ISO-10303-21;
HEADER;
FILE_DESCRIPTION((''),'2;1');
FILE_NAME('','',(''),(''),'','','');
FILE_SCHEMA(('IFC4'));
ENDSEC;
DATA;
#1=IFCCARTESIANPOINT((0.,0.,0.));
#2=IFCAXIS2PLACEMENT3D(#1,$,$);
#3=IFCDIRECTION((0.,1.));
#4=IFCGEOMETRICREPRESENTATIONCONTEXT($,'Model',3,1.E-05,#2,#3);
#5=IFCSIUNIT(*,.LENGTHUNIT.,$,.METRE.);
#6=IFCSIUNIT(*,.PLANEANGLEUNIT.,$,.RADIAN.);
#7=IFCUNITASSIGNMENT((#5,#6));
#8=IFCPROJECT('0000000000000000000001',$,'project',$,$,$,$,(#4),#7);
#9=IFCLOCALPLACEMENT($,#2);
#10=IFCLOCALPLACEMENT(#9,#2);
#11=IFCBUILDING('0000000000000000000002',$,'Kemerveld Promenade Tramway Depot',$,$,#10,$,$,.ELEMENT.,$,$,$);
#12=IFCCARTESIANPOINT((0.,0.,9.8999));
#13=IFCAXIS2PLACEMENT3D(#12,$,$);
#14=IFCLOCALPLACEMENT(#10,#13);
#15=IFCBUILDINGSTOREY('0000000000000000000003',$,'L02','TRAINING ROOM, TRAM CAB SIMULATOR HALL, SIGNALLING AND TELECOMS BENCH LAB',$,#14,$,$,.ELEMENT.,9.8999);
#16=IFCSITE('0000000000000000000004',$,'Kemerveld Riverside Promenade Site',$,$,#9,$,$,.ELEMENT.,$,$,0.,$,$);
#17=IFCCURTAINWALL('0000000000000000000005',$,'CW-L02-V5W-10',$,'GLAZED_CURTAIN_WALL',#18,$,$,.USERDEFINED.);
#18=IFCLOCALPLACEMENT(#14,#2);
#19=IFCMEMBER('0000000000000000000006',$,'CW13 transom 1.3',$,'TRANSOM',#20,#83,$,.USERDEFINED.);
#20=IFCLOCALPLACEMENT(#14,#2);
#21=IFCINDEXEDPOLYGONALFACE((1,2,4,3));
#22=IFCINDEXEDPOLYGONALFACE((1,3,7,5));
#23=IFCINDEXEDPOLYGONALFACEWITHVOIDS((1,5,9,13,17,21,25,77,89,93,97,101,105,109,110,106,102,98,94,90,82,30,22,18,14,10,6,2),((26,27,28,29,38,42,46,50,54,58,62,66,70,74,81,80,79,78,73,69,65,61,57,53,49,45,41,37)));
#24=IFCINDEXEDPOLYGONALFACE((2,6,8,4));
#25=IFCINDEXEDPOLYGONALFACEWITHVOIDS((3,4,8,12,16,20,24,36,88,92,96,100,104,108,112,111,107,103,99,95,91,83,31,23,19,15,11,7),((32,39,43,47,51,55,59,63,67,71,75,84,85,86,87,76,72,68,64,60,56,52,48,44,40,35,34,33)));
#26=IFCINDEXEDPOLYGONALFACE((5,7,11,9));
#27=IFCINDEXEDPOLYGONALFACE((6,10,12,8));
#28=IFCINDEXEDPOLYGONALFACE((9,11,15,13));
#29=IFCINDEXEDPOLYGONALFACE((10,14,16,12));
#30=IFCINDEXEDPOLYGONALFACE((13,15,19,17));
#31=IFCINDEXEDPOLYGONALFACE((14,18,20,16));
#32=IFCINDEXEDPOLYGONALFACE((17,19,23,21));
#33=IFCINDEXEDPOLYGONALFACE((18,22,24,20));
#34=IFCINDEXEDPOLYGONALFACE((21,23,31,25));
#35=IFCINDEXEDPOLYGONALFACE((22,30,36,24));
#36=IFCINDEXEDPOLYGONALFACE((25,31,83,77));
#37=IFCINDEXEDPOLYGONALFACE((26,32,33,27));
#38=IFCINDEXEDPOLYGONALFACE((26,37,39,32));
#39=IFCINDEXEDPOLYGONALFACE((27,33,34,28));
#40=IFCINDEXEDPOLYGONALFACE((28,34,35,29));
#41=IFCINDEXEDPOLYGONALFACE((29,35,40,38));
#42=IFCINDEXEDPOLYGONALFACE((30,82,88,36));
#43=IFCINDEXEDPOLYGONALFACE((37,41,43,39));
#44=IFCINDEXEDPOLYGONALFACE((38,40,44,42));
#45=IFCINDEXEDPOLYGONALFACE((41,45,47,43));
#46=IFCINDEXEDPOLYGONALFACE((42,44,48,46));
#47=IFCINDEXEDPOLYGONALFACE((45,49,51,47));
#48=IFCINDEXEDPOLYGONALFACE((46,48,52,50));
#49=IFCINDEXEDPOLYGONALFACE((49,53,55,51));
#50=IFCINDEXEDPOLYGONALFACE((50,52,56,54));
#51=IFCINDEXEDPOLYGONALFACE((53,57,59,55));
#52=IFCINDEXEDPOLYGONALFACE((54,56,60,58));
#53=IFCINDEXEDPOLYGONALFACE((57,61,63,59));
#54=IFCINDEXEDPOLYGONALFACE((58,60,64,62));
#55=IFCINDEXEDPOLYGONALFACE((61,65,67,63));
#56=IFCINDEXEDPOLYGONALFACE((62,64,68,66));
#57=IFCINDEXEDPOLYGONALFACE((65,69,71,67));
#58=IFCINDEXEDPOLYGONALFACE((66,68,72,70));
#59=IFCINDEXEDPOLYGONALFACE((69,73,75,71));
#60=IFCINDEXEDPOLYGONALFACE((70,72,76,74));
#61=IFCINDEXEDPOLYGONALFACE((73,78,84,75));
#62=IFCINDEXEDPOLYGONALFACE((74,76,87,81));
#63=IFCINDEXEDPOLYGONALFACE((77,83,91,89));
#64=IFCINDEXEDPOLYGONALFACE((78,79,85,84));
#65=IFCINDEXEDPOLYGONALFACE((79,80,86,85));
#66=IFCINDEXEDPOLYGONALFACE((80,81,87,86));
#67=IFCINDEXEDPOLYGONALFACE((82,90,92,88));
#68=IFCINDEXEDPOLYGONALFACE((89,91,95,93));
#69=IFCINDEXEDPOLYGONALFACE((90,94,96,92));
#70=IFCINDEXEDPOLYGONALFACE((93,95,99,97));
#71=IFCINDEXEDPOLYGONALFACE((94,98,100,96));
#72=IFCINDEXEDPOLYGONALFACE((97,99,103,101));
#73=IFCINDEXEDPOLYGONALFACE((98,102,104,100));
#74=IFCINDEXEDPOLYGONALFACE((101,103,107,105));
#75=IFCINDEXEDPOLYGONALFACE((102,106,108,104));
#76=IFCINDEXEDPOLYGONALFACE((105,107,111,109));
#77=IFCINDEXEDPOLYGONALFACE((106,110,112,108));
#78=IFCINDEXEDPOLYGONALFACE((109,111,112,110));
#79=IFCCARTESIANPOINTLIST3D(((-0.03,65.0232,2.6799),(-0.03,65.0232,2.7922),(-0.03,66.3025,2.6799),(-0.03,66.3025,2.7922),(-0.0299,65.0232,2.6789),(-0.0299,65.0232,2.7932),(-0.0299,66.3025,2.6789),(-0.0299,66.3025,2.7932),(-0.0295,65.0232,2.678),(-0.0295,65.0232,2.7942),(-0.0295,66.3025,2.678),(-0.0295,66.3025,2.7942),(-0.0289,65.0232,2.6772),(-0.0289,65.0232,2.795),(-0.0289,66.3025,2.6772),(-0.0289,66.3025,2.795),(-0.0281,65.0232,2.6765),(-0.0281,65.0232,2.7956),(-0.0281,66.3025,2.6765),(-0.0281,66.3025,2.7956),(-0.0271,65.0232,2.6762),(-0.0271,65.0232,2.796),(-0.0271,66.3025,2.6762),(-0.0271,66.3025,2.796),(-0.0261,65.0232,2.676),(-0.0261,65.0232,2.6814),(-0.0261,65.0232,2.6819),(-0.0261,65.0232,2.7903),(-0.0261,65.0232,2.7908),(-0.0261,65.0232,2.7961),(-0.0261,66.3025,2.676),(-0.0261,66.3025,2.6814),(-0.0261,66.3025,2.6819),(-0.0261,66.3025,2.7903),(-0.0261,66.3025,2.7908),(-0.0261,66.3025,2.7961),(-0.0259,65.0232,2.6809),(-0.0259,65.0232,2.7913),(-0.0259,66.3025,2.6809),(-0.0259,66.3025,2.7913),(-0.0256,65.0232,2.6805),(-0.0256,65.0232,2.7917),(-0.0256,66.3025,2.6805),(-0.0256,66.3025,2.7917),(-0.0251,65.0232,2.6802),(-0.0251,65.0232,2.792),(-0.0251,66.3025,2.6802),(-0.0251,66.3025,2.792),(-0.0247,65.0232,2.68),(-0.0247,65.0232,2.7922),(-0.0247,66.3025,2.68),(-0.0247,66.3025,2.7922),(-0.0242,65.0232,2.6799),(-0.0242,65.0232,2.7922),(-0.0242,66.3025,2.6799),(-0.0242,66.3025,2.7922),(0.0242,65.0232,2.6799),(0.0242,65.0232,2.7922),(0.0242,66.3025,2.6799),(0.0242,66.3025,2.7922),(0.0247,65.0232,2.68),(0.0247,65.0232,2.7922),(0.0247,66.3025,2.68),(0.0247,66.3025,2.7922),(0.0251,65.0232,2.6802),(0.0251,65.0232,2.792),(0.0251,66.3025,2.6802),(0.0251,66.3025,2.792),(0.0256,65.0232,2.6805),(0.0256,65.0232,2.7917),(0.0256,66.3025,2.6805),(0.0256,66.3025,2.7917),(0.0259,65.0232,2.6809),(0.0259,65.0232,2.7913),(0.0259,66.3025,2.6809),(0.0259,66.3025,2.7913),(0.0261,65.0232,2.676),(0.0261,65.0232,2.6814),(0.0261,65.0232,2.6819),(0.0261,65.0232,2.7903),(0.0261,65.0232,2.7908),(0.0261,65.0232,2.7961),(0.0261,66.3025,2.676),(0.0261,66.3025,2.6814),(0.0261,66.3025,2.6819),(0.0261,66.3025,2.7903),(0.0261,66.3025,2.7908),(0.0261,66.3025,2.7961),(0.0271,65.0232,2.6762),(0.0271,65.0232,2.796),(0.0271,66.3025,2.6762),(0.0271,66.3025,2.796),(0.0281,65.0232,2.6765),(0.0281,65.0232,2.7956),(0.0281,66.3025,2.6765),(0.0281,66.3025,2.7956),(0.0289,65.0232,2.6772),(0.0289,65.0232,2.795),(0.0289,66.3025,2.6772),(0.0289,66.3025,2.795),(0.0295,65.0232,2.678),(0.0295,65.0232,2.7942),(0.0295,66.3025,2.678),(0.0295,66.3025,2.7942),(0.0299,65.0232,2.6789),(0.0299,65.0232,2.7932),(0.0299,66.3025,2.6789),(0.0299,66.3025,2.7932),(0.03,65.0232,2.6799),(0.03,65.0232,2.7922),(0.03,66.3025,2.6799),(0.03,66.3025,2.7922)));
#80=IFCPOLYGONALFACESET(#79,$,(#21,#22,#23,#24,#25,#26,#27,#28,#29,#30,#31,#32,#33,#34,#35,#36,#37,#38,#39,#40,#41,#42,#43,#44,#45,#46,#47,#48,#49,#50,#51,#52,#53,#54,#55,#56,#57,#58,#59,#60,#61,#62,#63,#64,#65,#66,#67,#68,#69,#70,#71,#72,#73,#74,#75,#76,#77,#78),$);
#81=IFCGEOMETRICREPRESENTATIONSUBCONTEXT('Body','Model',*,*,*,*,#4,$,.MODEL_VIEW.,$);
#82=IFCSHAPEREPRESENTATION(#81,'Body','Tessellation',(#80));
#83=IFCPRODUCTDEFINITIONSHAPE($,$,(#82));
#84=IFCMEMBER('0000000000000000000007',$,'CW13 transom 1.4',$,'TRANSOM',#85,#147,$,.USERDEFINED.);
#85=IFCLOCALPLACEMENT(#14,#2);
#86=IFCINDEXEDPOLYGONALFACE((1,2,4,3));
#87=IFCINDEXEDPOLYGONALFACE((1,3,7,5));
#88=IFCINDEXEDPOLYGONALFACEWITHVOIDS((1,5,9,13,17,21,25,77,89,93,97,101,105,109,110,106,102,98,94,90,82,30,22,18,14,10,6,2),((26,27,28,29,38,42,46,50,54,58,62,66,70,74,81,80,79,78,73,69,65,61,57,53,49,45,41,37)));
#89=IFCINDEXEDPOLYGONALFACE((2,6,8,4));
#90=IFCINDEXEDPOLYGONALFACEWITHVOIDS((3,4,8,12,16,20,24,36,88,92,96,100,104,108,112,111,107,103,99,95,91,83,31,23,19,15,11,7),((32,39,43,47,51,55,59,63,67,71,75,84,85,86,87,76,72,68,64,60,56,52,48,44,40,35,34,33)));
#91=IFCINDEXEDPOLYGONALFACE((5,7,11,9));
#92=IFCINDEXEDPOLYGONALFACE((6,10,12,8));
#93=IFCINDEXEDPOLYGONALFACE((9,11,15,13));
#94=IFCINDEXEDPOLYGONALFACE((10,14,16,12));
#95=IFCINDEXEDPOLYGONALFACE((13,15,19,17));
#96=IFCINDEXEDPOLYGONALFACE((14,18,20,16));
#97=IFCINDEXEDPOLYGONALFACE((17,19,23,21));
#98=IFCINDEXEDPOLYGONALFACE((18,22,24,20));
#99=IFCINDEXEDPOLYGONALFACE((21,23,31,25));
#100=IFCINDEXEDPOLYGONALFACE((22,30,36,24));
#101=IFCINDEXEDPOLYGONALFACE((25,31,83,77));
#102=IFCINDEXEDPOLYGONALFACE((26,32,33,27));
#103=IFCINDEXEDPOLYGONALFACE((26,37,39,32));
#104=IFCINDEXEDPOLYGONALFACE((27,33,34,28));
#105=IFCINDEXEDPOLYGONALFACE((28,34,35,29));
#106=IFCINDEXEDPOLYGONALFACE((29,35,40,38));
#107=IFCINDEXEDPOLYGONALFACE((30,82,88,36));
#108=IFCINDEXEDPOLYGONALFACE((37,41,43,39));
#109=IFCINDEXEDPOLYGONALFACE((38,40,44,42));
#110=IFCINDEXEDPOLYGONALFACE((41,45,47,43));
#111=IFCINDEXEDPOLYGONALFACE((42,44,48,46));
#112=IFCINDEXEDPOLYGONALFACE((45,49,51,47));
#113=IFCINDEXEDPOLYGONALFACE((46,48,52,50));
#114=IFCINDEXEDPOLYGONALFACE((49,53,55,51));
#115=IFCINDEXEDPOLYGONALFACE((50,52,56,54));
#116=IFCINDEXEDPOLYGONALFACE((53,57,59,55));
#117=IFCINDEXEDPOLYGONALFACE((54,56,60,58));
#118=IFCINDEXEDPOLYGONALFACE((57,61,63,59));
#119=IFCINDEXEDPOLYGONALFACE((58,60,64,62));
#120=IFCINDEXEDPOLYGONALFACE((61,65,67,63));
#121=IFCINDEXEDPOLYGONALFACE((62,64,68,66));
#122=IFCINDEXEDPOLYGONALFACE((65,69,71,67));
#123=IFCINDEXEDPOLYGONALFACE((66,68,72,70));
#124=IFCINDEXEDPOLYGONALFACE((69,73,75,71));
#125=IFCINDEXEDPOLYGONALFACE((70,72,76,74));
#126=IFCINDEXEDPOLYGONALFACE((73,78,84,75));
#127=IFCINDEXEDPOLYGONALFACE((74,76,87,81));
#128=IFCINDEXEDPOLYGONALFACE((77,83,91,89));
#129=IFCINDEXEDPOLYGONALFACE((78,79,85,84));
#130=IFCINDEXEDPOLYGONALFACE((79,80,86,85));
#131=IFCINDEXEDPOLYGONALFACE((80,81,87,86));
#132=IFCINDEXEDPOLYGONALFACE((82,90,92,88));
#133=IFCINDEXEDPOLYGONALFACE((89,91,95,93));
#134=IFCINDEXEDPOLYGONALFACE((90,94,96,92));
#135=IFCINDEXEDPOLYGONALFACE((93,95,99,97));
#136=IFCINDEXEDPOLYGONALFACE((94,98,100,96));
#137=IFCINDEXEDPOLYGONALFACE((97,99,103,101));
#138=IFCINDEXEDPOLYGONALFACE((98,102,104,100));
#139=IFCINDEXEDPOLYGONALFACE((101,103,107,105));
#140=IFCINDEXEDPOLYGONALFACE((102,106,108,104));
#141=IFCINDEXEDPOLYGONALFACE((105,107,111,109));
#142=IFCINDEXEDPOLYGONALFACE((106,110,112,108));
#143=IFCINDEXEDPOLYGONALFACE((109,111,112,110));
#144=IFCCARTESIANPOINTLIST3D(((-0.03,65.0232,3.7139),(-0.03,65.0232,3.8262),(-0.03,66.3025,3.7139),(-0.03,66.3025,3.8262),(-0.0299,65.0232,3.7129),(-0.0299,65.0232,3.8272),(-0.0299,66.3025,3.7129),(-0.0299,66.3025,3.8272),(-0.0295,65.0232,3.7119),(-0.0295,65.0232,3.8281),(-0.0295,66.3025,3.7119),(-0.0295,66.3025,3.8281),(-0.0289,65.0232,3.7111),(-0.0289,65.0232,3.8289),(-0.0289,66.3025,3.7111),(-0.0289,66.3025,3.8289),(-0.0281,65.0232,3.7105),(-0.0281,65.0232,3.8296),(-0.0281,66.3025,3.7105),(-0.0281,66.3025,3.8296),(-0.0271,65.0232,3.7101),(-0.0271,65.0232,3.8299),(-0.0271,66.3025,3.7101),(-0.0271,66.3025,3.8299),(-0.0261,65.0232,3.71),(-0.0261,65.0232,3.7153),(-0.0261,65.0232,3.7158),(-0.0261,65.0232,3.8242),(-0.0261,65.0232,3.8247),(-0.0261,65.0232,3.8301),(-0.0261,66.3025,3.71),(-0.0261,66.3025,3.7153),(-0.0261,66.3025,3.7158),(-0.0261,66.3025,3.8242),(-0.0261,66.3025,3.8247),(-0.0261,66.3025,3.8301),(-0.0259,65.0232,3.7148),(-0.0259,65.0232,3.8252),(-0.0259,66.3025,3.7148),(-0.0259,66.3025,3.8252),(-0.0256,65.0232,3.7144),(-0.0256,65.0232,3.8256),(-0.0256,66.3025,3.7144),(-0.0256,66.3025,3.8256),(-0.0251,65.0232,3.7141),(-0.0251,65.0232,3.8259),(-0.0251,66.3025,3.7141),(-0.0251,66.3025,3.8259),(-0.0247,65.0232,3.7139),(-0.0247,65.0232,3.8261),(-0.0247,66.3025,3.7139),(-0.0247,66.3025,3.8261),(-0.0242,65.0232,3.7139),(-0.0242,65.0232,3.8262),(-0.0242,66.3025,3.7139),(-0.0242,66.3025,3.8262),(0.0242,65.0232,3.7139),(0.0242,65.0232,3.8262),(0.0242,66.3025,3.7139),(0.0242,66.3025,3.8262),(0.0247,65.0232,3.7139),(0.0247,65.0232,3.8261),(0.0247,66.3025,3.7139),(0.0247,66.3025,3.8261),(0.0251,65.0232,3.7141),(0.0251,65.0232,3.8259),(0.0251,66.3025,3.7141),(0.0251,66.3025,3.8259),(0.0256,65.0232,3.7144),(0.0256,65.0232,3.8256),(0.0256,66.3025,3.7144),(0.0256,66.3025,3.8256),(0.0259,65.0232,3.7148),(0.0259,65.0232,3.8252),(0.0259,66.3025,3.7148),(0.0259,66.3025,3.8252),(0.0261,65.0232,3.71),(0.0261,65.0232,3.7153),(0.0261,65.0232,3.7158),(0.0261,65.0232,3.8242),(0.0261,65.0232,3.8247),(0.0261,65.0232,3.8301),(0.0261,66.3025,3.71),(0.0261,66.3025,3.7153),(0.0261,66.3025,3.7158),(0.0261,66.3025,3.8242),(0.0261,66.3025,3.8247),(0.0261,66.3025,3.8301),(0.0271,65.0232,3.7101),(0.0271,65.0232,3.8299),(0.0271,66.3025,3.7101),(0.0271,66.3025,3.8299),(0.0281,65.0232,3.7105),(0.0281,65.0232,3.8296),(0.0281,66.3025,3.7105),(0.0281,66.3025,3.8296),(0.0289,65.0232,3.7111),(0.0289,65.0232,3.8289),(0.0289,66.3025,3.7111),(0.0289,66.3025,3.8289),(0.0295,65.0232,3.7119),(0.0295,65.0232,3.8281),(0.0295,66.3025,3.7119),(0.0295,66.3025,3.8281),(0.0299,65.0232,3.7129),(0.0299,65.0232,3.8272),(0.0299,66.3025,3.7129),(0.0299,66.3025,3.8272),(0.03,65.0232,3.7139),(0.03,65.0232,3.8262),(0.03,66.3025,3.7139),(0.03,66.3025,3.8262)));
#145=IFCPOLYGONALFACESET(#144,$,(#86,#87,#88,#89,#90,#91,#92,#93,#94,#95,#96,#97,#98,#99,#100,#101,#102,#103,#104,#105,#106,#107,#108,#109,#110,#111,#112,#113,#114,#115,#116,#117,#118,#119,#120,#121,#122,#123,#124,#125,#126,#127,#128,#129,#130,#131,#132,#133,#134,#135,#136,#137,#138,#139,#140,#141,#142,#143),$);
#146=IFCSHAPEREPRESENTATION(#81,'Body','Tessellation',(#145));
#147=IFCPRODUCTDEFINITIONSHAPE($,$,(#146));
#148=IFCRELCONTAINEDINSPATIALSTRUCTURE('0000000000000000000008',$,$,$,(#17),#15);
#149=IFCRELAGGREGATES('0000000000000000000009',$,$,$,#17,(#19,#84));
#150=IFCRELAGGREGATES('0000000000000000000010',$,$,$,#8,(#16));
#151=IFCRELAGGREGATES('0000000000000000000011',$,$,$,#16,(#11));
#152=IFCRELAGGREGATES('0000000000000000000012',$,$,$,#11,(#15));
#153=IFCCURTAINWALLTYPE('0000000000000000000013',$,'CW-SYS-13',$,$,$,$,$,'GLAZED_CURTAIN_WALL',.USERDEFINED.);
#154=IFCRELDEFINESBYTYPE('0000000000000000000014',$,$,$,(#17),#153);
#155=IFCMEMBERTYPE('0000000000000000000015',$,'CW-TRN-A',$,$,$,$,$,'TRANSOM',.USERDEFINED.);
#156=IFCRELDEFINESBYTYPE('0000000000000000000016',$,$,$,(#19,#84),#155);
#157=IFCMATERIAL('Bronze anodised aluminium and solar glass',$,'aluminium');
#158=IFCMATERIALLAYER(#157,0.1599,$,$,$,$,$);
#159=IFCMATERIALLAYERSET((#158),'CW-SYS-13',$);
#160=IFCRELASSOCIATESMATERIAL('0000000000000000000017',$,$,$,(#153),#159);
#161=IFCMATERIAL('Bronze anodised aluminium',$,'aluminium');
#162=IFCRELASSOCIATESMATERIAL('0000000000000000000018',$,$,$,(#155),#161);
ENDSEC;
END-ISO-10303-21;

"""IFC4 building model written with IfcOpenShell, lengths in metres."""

from ifc_helpers import new_model, si_unit, direction, frame, origin, origin_2d, place, context, subcontext, project, spatial, hollow_rectangle, extrude, material, layer, layer_set, material_profile, profile_set, type_object, element, aggregate, save


model = new_model("IFC4")

# Units and contexts
model_context = context("Model", 3, precision=1e-05, world=origin(), true_north=direction((0.0, 1.0)))
body_context = subcontext(model_context, "Body", "Model", "MODEL_VIEW")
ifc_project = project(units=[si_unit("LENGTHUNIT", "METRE"), si_unit("PLANEANGLEUNIT", "RADIAN")], contexts=[model_context])

# Site, building, storey
site_placement = place(None, origin())
site = spatial("IfcSite", under=ifc_project, at=site_placement, Name="Kemerveld Riverside Promenade Site", CompositionType="ELEMENT", RefElevation=0.0)
building_placement = place(site_placement, origin())
building = spatial("IfcBuilding", under=site, at=building_placement, Name="Kemerveld Promenade Tramway Depot", CompositionType="ELEMENT")
storey_placement = place(building_placement, frame((0.0, 0.0, 9.8999)))
storey = spatial("IfcBuildingStorey", under=building, at=storey_placement, Name="L02", Description="TRAINING ROOM, TRAM CAB SIMULATOR HALL, SIGNALLING AND TELECOMS BENCH LAB", CompositionType="ELEMENT", Elevation=9.8999)

# Curtain wall, members
ifc_material_1 = material(Name="Bronze anodised aluminium and solar glass", Category="aluminium")
ifc_layer_1 = layer(ifc_material_1, 0.1599)
ifc_layer_set_1 = layer_set([ifc_layer_1], Name="CW-SYS-13")
curtain_wall_type = type_object("IfcCurtainWallType", Name="CW-SYS-13", ElementType="GLAZED_CURTAIN_WALL", PredefinedType="USERDEFINED", material=ifc_layer_set_1)
curtain_wall_placement = place(storey_placement, origin())
curtain_wall = element("IfcCurtainWall", 1, at=curtain_wall_placement, inside=storey, type_object=curtain_wall_type, Name="CW-L02-V5W-10", ObjectType="GLAZED_CURTAIN_WALL", PredefinedType="USERDEFINED")
ifc_material_2 = material(Name="Bronze anodised aluminium", Category="aluminium")
ifc_material_profile_1 = material_profile(ifc_material_2, hollow_rectangle(XDim=0.0601, YDim=0.1201, WallThickness=0.0039, InnerFilletRadius=0.002, OuterFilletRadius=0.0039, at=origin_2d()), Name="CW-TRN-120x60")
ifc_profile_set_1 = profile_set([ifc_material_profile_1], Name="Bronze anodised aluminium")
member_type_1 = type_object("IfcMemberType", Name="CW-TRN-A", ElementType="TRANSOM", PredefinedType="USERDEFINED", material=ifc_profile_set_1)
member_1_placement = place(storey_placement, frame((0.0, 65.0232, 2.7361), z_axis=(0.0, 1.0, 0.0), x_axis=(-1.0, 0.0, 0.0)))
member_1 = element("IfcMember", 2, at=member_1_placement, type_object=member_type_1, Name="CW13 transom 1.3", ObjectType="TRANSOM", PredefinedType="USERDEFINED", context=body_context, shape_type="SweptSolid", body=[
    extrude(hollow_rectangle(XDim=0.0601, YDim=0.1201, WallThickness=0.0039, InnerFilletRadius=0.002, OuterFilletRadius=0.0039, at=origin_2d()), origin(), (0.0, 0.0, 1.0), 1.2793),
])
member_2_placement = place(storey_placement, frame((0.0, 65.0232, 3.77), z_axis=(0.0, 1.0, 0.0), x_axis=(-1.0, 0.0, 0.0)))
member_2 = element("IfcMember", 3, at=member_2_placement, type_object=member_type_1, Name="CW13 transom 1.4", ObjectType="TRANSOM", PredefinedType="USERDEFINED", context=body_context, shape_type="SweptSolid", body=[
    extrude(hollow_rectangle(XDim=0.0601, YDim=0.1201, WallThickness=0.0039, InnerFilletRadius=0.002, OuterFilletRadius=0.0039, at=origin_2d()), origin(), (0.0, 0.0, 1.0), 1.2793),
])
aggregate(curtain_wall, [member_1, member_2])

save(model, "model.ifc")
